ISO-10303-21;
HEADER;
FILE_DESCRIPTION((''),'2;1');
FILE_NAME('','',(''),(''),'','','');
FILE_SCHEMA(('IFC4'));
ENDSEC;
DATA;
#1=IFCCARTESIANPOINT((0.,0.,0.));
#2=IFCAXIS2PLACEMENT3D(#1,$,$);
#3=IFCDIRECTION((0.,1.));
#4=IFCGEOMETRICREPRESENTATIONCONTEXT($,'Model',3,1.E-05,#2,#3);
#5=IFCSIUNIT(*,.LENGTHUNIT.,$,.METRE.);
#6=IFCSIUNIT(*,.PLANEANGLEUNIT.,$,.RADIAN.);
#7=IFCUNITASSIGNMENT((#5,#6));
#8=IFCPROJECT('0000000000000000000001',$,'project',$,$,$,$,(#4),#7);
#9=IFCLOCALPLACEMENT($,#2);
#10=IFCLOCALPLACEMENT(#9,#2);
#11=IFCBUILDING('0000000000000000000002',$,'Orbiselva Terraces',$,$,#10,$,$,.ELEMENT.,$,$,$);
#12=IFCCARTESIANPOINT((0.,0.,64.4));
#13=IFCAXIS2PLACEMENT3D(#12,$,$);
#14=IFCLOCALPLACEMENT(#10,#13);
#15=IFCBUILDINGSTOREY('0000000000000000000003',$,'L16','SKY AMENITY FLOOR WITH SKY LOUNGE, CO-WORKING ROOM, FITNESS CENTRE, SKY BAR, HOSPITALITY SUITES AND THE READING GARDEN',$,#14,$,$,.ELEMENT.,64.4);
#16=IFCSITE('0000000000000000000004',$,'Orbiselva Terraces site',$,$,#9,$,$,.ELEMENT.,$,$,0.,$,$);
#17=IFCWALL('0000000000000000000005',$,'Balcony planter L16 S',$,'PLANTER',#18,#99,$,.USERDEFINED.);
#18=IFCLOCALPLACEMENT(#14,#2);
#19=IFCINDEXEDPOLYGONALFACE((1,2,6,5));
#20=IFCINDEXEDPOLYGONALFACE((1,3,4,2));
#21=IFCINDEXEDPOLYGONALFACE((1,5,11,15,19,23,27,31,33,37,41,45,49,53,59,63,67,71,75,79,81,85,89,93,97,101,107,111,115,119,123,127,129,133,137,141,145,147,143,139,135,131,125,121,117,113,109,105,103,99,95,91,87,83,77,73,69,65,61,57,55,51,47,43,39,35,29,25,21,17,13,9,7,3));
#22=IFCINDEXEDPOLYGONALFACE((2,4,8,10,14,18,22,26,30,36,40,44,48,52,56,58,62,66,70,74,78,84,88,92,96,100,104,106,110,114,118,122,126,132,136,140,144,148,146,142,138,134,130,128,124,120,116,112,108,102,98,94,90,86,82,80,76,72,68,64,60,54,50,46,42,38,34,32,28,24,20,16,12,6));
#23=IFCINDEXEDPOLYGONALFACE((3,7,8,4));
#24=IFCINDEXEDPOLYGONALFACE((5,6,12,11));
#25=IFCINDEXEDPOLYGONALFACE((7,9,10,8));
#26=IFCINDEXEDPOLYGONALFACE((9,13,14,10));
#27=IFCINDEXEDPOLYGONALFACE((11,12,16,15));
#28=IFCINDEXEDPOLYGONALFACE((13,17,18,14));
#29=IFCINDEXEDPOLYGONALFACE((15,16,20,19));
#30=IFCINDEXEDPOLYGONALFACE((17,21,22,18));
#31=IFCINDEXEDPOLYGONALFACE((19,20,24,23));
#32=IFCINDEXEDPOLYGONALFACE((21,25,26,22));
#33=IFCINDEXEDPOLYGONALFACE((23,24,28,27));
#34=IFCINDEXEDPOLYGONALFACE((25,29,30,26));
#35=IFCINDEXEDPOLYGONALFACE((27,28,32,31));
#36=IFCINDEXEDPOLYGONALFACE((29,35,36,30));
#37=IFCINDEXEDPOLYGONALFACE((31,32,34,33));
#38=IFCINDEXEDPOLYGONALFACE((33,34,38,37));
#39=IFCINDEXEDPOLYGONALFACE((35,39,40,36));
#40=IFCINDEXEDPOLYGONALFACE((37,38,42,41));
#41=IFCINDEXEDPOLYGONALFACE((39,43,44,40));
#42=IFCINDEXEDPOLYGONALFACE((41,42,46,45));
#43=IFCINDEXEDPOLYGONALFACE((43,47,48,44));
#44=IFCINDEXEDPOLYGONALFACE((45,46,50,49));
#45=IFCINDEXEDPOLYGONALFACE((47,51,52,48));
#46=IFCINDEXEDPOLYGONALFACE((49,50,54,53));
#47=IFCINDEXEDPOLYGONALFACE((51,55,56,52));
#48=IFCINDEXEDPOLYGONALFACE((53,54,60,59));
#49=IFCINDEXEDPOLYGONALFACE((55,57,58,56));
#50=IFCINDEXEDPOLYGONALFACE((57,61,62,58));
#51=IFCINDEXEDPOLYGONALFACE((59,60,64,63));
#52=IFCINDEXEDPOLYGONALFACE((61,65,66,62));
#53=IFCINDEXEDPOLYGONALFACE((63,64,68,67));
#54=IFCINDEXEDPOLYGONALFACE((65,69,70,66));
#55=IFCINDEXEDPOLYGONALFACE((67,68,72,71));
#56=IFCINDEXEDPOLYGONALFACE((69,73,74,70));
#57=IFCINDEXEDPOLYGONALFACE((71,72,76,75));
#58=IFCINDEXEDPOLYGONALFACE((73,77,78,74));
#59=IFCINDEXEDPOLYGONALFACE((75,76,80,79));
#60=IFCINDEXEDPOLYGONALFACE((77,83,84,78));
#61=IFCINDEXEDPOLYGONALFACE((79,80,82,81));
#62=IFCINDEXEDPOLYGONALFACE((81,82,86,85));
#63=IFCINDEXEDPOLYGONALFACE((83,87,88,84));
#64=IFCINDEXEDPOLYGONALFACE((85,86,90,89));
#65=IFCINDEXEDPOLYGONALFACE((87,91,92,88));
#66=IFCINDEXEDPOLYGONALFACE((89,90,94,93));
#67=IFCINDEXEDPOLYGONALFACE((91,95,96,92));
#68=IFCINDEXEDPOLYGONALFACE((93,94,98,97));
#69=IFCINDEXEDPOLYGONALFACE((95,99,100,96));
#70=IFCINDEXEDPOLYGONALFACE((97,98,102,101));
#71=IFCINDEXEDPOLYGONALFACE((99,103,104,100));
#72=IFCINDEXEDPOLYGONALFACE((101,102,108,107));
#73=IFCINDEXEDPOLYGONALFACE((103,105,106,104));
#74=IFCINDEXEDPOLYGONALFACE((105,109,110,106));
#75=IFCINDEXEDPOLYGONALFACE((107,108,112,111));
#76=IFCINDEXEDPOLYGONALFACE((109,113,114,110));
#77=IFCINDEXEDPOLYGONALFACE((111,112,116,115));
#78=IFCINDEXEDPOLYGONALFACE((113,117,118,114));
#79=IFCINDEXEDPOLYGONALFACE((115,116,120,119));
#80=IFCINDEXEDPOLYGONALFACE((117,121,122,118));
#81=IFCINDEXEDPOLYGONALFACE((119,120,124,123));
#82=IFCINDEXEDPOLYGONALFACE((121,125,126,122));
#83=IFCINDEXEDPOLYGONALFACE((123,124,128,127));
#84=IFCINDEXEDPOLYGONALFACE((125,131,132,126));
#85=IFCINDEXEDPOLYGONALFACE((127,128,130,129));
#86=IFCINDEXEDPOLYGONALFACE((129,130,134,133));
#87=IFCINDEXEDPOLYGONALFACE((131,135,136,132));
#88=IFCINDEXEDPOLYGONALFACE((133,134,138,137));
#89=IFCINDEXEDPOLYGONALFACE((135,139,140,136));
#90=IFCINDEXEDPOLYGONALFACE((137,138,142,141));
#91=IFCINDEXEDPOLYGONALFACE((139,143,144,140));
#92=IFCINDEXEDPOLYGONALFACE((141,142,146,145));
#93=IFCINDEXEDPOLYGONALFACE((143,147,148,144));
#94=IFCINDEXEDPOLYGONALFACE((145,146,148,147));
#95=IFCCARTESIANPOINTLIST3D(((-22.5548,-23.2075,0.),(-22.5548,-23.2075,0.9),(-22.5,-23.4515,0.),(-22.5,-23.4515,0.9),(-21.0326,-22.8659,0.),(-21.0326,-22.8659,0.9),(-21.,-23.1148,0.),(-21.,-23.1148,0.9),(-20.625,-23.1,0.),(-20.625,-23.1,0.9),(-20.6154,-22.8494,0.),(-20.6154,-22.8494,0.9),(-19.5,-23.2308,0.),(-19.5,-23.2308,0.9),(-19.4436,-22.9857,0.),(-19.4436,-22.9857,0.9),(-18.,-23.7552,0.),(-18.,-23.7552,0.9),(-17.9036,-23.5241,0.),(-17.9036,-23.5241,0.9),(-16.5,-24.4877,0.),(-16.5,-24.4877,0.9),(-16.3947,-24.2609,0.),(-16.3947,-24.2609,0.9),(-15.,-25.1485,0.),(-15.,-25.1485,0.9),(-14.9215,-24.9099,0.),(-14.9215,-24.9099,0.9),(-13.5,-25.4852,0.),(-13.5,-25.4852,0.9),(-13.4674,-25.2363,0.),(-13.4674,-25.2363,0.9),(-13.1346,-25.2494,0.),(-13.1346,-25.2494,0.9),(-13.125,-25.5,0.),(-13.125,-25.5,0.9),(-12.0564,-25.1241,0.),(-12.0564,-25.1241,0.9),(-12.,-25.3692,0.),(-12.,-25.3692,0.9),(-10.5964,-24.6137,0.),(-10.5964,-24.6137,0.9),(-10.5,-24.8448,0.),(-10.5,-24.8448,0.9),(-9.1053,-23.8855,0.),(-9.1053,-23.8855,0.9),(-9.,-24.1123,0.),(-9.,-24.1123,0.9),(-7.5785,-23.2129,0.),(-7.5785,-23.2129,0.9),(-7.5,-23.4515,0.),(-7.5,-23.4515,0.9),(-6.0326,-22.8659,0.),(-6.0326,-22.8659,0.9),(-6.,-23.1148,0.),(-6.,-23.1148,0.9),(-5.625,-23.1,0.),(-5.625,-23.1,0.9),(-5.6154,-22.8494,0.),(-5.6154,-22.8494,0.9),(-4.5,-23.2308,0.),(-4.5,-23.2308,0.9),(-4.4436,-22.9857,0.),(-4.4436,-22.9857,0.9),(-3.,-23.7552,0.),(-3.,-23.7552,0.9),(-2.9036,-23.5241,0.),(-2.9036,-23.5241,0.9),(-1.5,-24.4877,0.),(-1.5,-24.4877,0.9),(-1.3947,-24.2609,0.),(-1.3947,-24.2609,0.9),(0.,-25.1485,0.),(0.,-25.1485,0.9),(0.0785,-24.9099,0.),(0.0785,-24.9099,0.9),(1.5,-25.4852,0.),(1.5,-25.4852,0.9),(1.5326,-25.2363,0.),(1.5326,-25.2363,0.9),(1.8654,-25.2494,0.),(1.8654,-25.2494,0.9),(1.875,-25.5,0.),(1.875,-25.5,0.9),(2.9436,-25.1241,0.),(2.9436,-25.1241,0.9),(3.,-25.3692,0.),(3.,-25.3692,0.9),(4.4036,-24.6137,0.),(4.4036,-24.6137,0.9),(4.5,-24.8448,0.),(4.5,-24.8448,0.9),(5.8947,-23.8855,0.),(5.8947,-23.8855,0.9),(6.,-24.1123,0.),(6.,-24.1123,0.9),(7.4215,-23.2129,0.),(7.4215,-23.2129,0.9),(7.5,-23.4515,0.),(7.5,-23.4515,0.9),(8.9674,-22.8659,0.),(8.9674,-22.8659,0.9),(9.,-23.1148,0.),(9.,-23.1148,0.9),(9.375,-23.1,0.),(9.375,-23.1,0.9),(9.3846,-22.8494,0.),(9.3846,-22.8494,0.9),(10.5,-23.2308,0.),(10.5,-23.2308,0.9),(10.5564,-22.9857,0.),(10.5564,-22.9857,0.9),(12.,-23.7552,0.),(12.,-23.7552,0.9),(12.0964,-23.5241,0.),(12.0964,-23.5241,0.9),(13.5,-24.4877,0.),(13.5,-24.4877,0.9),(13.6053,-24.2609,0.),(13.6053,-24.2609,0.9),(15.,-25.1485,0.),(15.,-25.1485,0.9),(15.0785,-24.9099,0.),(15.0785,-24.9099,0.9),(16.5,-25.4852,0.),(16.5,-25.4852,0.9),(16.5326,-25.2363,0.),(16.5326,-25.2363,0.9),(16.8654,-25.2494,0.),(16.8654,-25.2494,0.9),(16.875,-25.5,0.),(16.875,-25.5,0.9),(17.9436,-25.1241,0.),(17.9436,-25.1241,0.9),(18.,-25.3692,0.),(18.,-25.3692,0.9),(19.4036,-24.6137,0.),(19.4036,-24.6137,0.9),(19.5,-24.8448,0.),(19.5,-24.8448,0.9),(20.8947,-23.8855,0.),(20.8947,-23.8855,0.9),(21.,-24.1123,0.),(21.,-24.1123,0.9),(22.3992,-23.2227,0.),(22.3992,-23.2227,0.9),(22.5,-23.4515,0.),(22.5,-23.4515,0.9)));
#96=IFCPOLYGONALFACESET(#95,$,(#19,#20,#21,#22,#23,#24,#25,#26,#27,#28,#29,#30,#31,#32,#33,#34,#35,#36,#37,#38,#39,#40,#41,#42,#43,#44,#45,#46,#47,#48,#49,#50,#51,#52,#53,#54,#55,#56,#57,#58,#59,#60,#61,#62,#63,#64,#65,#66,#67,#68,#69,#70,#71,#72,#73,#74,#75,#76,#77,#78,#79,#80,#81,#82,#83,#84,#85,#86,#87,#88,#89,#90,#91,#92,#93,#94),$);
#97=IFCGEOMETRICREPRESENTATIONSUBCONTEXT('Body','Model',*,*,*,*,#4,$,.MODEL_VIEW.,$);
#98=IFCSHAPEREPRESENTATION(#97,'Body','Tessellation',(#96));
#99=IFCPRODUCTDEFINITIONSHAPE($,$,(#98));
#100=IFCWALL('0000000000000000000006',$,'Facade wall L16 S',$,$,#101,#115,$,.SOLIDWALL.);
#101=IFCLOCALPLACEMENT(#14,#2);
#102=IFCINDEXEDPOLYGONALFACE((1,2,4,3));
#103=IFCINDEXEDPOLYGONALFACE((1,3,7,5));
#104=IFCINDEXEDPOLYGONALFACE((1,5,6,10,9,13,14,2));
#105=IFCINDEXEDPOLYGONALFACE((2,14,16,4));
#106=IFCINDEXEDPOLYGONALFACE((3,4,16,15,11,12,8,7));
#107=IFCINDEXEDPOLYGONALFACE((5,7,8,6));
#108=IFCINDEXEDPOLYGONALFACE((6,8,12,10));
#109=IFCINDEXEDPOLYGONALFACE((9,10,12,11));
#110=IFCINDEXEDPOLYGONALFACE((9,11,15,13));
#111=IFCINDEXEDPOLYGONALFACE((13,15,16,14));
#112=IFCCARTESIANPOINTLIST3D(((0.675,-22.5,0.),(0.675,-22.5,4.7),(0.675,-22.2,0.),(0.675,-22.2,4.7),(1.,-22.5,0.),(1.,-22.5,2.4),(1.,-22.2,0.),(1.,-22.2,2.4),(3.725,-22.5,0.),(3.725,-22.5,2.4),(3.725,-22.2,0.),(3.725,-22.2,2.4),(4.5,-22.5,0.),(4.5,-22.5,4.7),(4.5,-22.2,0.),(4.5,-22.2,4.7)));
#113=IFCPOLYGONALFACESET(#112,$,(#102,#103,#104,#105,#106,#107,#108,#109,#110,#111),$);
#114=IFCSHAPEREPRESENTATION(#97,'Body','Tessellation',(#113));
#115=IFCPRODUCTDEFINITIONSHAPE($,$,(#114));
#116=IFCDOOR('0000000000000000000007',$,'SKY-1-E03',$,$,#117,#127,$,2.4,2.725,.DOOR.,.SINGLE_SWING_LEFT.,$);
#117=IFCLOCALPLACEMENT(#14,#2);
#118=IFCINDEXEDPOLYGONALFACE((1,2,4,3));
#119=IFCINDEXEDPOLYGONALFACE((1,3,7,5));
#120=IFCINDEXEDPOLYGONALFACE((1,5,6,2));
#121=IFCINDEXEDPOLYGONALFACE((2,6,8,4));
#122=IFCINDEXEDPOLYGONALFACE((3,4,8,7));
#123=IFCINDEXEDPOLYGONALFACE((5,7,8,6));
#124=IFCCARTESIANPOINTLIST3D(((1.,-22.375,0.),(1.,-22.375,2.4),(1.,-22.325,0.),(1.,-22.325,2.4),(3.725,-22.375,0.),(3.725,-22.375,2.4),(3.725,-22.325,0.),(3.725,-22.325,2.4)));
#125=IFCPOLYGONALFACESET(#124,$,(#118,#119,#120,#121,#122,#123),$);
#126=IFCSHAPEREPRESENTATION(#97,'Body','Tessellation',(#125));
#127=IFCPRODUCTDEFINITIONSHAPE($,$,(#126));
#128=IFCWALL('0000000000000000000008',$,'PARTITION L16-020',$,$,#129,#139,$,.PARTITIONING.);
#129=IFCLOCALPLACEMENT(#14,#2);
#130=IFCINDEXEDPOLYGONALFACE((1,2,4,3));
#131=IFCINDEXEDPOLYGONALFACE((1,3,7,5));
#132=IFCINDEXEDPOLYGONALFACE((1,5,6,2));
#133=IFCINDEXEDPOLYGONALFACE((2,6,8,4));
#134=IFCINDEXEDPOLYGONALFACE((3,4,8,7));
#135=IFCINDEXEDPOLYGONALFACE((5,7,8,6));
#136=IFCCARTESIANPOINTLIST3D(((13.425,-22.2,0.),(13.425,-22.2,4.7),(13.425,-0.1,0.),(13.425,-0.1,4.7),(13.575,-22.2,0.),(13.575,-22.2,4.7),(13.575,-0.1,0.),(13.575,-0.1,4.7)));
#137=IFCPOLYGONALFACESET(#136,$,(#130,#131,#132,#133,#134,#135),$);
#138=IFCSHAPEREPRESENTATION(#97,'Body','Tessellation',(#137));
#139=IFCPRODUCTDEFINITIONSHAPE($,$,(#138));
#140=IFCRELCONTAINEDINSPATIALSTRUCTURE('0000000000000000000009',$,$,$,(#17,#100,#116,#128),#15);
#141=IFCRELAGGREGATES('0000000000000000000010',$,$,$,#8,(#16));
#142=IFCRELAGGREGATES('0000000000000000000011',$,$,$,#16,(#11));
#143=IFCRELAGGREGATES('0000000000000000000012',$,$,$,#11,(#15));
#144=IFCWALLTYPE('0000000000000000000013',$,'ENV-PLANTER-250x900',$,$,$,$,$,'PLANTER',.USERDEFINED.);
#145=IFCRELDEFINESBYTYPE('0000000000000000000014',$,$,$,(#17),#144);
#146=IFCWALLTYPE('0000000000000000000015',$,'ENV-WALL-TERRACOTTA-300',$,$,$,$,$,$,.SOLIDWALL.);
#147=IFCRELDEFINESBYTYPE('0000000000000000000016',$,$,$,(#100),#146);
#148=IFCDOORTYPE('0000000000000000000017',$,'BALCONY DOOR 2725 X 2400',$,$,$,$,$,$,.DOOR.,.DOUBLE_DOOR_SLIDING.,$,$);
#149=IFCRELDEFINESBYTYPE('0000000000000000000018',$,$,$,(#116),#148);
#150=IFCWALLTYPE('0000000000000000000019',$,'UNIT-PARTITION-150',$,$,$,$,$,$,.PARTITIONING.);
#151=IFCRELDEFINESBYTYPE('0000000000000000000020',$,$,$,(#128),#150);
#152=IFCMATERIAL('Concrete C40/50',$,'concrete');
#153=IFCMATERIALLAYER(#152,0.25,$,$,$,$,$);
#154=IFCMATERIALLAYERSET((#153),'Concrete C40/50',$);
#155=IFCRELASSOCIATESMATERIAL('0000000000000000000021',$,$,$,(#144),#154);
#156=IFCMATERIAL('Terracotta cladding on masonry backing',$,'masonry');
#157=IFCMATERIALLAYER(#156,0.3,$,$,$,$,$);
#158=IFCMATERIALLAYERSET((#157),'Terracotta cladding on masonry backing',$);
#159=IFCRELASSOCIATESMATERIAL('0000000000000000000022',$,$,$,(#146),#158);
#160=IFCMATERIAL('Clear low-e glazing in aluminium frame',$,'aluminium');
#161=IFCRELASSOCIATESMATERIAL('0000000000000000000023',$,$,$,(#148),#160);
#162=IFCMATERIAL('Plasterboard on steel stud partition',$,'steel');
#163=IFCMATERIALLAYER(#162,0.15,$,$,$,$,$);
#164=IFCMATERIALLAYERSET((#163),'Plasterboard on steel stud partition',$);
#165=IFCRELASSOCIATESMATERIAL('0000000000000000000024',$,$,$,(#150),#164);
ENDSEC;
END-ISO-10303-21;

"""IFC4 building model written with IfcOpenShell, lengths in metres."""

from ifc_helpers import new_model, si_unit, direction, frame, frame_2d, origin, place, context, subcontext, project, spatial, polyline, rectangle, outline, extrude, material, layer, layer_set, type_object, element, fill, save


model = new_model("IFC4")

# Units and contexts
model_context = context("Model", 3, precision=1e-05, world=origin(), true_north=direction((0.0, 1.0)))
body_context = subcontext(model_context, "Body", "Model", "MODEL_VIEW")
ifc_project = project(units=[si_unit("LENGTHUNIT", "METRE"), si_unit("PLANEANGLEUNIT", "RADIAN")], contexts=[model_context])

# Site, building, storey
site_placement = place(None, origin())
site = spatial("IfcSite", under=ifc_project, at=site_placement, Name="Orbiselva Terraces site", CompositionType="ELEMENT", RefElevation=0.0)
building_placement = place(site_placement, origin())
building = spatial("IfcBuilding", under=site, at=building_placement, Name="Orbiselva Terraces", CompositionType="ELEMENT")
storey_placement = place(building_placement, frame((0.0, 0.0, 64.4)))
storey = spatial("IfcBuildingStorey", under=building, at=storey_placement, Name="L16", Description="SKY AMENITY FLOOR WITH SKY LOUNGE, CO-WORKING ROOM, FITNESS CENTRE, SKY BAR, HOSPITALITY SUITES AND THE READING GARDEN", CompositionType="ELEMENT", Elevation=64.4)

# Shared definitions
ifc_material_1 = material(Name="Clear low-e glazing in aluminium frame", Category="aluminium")

# Wall
ifc_material_2 = material(Name="Concrete C40/50", Category="concrete")
ifc_layer_1 = layer(ifc_material_2, 0.25)
ifc_layer_set_1 = layer_set([ifc_layer_1], Name="Concrete C40/50")
wall_type_1 = type_object("IfcWallType", Name="ENV-PLANTER-250x900", ElementType="PLANTER", PredefinedType="USERDEFINED", material=ifc_layer_set_1)
wall_1_placement = place(storey_placement, origin())
element("IfcWall", 1, at=wall_1_placement, inside=storey, type_object=wall_type_1, Name="Balcony planter L16 S", ObjectType="PLANTER", PredefinedType="USERDEFINED", context=body_context, shape_type="SweptSolid", body=[
    extrude(outline(polyline([(-22.5, -23.4515), (-21.0, -23.1148), (-20.625, -23.1), (-19.5, -23.2308), (-18.0, -23.7552), (-16.5, -24.4877), (-15.0, -25.1485), (-13.5, -25.4852), (-13.125, -25.5), (-12.0, -25.3692), (-10.5, -24.8448), (-9.0, -24.1123), (-7.5, -23.4515), (-6.0, -23.1148), (-5.625, -23.1), (-4.5, -23.2308), (-3.0, -23.7552), (-1.5, -24.4877), (0.0, -25.1485), (1.5, -25.4852), (1.875, -25.5), (3.0, -25.3692), (4.5, -24.8448), (6.0, -24.1123), (7.5, -23.4515), (9.0, -23.1148), (9.375, -23.1), (10.5, -23.2308), (12.0, -23.7552), (13.5, -24.4877), (15.0, -25.1485), (16.5, -25.4852), (16.875, -25.5), (18.0, -25.3692), (19.5, -24.8448), (21.0, -24.1123), (22.5, -23.4515), (22.3992, -23.2227), (20.8947, -23.8855), (19.4036, -24.6137), (17.9436, -25.1241), (16.8654, -25.2494), (16.5326, -25.2363), (15.0785, -24.9099), (13.6053, -24.2609), (12.0964, -23.5241), (10.5564, -22.9857), (9.3846, -22.8494), (8.9674, -22.8659), (7.4215, -23.2129), (5.8947, -23.8855), (4.4036, -24.6137), (2.9436, -25.1241), (1.8654, -25.2494), (1.5326, -25.2363), (0.0785, -24.9099), (-1.3947, -24.2609), (-2.9036, -23.5241), (-4.4436, -22.9857), (-5.6154, -22.8494), (-6.0326, -22.8659), (-7.5785, -23.2129), (-9.1053, -23.8855), (-10.5964, -24.6137), (-12.0564, -25.1241), (-13.1346, -25.2494), (-13.4674, -25.2363), (-14.9215, -24.9099), (-16.3947, -24.2609), (-17.9036, -23.5241), (-19.4436, -22.9857), (-20.6154, -22.8494), (-21.0326, -22.8659), (-22.5548, -23.2075), (-22.5, -23.4515)])), origin(), (0.0, 0.0, 1.0), 0.9),
])

# Wall, opening, door
ifc_material_3 = material(Name="Terracotta cladding on masonry backing", Category="masonry")
ifc_layer_2 = layer(ifc_material_3, 0.3)
ifc_layer_set_2 = layer_set([ifc_layer_2], Name="Terracotta cladding on masonry backing")
wall_type_2 = type_object("IfcWallType", Name="ENV-WALL-TERRACOTTA-300", PredefinedType="SOLIDWALL", material=ifc_layer_set_2)
wall_2_placement = place(storey_placement, frame((4.5, -22.35, 0.0), z_axis=(0.0, 0.0, 1.0), x_axis=(-1.0, 0.0, 0.0)))
wall_2 = element("IfcWall", 2, at=wall_2_placement, inside=storey, type_object=wall_type_2, Name="Facade wall L16 S", PredefinedType="SOLIDWALL", context=body_context, shape_type="SweptSolid", body=[
    extrude(rectangle(XDim=3.825, YDim=0.3, at=frame_2d((1.9125, 0.0))), origin(), (0.0, 0.0, 1.0), 4.7),
])
opening_placement = place(wall_2_placement, frame((0.775, 0.0, 0.0)))
opening = element("IfcOpeningElement", 3, at=opening_placement, cuts=wall_2, PredefinedType="OPENING", context=body_context, shape_type="SweptSolid", body=[
    extrude(rectangle(XDim=2.725, YDim=2.4, at=frame_2d((1.3625, 1.2))), frame((0.0, 0.16, 0.0), z_axis=(0.0, -1.0, 0.0), x_axis=(1.0, 0.0, 0.0)), (0.0, 0.0, 1.0), 0.32),
])
door_type = type_object("IfcDoorType", Name="BALCONY DOOR 2725 X 2400", OperationType="DOUBLE_DOOR_SLIDING", PredefinedType="DOOR", material=ifc_material_1)
door_placement = place(opening_placement, origin())
door = element("IfcDoor", 4, at=door_placement, inside=storey, type_object=door_type, Name="SKY-1-E03", OperationType="SINGLE_SWING_LEFT", OverallHeight=2.4, OverallWidth=2.725, PredefinedType="DOOR", context=body_context, shape_type="SweptSolid", body=[
    extrude(rectangle(XDim=2.725, YDim=2.4, at=frame_2d((1.3625, 1.2))), frame((0.0, 0.025, 0.0), z_axis=(0.0, -1.0, 0.0), x_axis=(1.0, 0.0, 0.0)), (0.0, 0.0, 1.0), 0.05),
])
fill(opening, door)

# Wall
ifc_material_4 = material(Name="Plasterboard on steel stud partition", Category="steel")
ifc_layer_3 = layer(ifc_material_4, 0.15)
ifc_layer_set_3 = layer_set([ifc_layer_3], Name="Plasterboard on steel stud partition")
wall_type_3 = type_object("IfcWallType", Name="UNIT-PARTITION-150", PredefinedType="PARTITIONING", material=ifc_layer_set_3)
wall_3_placement = place(storey_placement, frame((13.5, -22.2, 0.0), z_axis=(0.0, 0.0, 1.0), x_axis=(0.0, 1.0, 0.0)))
element("IfcWall", 5, at=wall_3_placement, inside=storey, type_object=wall_type_3, Name="PARTITION L16-020", PredefinedType="PARTITIONING", context=body_context, shape_type="SweptSolid", body=[
    extrude(rectangle(XDim=22.1, YDim=0.15, at=frame_2d((11.05, 0.0))), origin(), (0.0, 0.0, 1.0), 4.7),
])

save(model, "model.ifc")
